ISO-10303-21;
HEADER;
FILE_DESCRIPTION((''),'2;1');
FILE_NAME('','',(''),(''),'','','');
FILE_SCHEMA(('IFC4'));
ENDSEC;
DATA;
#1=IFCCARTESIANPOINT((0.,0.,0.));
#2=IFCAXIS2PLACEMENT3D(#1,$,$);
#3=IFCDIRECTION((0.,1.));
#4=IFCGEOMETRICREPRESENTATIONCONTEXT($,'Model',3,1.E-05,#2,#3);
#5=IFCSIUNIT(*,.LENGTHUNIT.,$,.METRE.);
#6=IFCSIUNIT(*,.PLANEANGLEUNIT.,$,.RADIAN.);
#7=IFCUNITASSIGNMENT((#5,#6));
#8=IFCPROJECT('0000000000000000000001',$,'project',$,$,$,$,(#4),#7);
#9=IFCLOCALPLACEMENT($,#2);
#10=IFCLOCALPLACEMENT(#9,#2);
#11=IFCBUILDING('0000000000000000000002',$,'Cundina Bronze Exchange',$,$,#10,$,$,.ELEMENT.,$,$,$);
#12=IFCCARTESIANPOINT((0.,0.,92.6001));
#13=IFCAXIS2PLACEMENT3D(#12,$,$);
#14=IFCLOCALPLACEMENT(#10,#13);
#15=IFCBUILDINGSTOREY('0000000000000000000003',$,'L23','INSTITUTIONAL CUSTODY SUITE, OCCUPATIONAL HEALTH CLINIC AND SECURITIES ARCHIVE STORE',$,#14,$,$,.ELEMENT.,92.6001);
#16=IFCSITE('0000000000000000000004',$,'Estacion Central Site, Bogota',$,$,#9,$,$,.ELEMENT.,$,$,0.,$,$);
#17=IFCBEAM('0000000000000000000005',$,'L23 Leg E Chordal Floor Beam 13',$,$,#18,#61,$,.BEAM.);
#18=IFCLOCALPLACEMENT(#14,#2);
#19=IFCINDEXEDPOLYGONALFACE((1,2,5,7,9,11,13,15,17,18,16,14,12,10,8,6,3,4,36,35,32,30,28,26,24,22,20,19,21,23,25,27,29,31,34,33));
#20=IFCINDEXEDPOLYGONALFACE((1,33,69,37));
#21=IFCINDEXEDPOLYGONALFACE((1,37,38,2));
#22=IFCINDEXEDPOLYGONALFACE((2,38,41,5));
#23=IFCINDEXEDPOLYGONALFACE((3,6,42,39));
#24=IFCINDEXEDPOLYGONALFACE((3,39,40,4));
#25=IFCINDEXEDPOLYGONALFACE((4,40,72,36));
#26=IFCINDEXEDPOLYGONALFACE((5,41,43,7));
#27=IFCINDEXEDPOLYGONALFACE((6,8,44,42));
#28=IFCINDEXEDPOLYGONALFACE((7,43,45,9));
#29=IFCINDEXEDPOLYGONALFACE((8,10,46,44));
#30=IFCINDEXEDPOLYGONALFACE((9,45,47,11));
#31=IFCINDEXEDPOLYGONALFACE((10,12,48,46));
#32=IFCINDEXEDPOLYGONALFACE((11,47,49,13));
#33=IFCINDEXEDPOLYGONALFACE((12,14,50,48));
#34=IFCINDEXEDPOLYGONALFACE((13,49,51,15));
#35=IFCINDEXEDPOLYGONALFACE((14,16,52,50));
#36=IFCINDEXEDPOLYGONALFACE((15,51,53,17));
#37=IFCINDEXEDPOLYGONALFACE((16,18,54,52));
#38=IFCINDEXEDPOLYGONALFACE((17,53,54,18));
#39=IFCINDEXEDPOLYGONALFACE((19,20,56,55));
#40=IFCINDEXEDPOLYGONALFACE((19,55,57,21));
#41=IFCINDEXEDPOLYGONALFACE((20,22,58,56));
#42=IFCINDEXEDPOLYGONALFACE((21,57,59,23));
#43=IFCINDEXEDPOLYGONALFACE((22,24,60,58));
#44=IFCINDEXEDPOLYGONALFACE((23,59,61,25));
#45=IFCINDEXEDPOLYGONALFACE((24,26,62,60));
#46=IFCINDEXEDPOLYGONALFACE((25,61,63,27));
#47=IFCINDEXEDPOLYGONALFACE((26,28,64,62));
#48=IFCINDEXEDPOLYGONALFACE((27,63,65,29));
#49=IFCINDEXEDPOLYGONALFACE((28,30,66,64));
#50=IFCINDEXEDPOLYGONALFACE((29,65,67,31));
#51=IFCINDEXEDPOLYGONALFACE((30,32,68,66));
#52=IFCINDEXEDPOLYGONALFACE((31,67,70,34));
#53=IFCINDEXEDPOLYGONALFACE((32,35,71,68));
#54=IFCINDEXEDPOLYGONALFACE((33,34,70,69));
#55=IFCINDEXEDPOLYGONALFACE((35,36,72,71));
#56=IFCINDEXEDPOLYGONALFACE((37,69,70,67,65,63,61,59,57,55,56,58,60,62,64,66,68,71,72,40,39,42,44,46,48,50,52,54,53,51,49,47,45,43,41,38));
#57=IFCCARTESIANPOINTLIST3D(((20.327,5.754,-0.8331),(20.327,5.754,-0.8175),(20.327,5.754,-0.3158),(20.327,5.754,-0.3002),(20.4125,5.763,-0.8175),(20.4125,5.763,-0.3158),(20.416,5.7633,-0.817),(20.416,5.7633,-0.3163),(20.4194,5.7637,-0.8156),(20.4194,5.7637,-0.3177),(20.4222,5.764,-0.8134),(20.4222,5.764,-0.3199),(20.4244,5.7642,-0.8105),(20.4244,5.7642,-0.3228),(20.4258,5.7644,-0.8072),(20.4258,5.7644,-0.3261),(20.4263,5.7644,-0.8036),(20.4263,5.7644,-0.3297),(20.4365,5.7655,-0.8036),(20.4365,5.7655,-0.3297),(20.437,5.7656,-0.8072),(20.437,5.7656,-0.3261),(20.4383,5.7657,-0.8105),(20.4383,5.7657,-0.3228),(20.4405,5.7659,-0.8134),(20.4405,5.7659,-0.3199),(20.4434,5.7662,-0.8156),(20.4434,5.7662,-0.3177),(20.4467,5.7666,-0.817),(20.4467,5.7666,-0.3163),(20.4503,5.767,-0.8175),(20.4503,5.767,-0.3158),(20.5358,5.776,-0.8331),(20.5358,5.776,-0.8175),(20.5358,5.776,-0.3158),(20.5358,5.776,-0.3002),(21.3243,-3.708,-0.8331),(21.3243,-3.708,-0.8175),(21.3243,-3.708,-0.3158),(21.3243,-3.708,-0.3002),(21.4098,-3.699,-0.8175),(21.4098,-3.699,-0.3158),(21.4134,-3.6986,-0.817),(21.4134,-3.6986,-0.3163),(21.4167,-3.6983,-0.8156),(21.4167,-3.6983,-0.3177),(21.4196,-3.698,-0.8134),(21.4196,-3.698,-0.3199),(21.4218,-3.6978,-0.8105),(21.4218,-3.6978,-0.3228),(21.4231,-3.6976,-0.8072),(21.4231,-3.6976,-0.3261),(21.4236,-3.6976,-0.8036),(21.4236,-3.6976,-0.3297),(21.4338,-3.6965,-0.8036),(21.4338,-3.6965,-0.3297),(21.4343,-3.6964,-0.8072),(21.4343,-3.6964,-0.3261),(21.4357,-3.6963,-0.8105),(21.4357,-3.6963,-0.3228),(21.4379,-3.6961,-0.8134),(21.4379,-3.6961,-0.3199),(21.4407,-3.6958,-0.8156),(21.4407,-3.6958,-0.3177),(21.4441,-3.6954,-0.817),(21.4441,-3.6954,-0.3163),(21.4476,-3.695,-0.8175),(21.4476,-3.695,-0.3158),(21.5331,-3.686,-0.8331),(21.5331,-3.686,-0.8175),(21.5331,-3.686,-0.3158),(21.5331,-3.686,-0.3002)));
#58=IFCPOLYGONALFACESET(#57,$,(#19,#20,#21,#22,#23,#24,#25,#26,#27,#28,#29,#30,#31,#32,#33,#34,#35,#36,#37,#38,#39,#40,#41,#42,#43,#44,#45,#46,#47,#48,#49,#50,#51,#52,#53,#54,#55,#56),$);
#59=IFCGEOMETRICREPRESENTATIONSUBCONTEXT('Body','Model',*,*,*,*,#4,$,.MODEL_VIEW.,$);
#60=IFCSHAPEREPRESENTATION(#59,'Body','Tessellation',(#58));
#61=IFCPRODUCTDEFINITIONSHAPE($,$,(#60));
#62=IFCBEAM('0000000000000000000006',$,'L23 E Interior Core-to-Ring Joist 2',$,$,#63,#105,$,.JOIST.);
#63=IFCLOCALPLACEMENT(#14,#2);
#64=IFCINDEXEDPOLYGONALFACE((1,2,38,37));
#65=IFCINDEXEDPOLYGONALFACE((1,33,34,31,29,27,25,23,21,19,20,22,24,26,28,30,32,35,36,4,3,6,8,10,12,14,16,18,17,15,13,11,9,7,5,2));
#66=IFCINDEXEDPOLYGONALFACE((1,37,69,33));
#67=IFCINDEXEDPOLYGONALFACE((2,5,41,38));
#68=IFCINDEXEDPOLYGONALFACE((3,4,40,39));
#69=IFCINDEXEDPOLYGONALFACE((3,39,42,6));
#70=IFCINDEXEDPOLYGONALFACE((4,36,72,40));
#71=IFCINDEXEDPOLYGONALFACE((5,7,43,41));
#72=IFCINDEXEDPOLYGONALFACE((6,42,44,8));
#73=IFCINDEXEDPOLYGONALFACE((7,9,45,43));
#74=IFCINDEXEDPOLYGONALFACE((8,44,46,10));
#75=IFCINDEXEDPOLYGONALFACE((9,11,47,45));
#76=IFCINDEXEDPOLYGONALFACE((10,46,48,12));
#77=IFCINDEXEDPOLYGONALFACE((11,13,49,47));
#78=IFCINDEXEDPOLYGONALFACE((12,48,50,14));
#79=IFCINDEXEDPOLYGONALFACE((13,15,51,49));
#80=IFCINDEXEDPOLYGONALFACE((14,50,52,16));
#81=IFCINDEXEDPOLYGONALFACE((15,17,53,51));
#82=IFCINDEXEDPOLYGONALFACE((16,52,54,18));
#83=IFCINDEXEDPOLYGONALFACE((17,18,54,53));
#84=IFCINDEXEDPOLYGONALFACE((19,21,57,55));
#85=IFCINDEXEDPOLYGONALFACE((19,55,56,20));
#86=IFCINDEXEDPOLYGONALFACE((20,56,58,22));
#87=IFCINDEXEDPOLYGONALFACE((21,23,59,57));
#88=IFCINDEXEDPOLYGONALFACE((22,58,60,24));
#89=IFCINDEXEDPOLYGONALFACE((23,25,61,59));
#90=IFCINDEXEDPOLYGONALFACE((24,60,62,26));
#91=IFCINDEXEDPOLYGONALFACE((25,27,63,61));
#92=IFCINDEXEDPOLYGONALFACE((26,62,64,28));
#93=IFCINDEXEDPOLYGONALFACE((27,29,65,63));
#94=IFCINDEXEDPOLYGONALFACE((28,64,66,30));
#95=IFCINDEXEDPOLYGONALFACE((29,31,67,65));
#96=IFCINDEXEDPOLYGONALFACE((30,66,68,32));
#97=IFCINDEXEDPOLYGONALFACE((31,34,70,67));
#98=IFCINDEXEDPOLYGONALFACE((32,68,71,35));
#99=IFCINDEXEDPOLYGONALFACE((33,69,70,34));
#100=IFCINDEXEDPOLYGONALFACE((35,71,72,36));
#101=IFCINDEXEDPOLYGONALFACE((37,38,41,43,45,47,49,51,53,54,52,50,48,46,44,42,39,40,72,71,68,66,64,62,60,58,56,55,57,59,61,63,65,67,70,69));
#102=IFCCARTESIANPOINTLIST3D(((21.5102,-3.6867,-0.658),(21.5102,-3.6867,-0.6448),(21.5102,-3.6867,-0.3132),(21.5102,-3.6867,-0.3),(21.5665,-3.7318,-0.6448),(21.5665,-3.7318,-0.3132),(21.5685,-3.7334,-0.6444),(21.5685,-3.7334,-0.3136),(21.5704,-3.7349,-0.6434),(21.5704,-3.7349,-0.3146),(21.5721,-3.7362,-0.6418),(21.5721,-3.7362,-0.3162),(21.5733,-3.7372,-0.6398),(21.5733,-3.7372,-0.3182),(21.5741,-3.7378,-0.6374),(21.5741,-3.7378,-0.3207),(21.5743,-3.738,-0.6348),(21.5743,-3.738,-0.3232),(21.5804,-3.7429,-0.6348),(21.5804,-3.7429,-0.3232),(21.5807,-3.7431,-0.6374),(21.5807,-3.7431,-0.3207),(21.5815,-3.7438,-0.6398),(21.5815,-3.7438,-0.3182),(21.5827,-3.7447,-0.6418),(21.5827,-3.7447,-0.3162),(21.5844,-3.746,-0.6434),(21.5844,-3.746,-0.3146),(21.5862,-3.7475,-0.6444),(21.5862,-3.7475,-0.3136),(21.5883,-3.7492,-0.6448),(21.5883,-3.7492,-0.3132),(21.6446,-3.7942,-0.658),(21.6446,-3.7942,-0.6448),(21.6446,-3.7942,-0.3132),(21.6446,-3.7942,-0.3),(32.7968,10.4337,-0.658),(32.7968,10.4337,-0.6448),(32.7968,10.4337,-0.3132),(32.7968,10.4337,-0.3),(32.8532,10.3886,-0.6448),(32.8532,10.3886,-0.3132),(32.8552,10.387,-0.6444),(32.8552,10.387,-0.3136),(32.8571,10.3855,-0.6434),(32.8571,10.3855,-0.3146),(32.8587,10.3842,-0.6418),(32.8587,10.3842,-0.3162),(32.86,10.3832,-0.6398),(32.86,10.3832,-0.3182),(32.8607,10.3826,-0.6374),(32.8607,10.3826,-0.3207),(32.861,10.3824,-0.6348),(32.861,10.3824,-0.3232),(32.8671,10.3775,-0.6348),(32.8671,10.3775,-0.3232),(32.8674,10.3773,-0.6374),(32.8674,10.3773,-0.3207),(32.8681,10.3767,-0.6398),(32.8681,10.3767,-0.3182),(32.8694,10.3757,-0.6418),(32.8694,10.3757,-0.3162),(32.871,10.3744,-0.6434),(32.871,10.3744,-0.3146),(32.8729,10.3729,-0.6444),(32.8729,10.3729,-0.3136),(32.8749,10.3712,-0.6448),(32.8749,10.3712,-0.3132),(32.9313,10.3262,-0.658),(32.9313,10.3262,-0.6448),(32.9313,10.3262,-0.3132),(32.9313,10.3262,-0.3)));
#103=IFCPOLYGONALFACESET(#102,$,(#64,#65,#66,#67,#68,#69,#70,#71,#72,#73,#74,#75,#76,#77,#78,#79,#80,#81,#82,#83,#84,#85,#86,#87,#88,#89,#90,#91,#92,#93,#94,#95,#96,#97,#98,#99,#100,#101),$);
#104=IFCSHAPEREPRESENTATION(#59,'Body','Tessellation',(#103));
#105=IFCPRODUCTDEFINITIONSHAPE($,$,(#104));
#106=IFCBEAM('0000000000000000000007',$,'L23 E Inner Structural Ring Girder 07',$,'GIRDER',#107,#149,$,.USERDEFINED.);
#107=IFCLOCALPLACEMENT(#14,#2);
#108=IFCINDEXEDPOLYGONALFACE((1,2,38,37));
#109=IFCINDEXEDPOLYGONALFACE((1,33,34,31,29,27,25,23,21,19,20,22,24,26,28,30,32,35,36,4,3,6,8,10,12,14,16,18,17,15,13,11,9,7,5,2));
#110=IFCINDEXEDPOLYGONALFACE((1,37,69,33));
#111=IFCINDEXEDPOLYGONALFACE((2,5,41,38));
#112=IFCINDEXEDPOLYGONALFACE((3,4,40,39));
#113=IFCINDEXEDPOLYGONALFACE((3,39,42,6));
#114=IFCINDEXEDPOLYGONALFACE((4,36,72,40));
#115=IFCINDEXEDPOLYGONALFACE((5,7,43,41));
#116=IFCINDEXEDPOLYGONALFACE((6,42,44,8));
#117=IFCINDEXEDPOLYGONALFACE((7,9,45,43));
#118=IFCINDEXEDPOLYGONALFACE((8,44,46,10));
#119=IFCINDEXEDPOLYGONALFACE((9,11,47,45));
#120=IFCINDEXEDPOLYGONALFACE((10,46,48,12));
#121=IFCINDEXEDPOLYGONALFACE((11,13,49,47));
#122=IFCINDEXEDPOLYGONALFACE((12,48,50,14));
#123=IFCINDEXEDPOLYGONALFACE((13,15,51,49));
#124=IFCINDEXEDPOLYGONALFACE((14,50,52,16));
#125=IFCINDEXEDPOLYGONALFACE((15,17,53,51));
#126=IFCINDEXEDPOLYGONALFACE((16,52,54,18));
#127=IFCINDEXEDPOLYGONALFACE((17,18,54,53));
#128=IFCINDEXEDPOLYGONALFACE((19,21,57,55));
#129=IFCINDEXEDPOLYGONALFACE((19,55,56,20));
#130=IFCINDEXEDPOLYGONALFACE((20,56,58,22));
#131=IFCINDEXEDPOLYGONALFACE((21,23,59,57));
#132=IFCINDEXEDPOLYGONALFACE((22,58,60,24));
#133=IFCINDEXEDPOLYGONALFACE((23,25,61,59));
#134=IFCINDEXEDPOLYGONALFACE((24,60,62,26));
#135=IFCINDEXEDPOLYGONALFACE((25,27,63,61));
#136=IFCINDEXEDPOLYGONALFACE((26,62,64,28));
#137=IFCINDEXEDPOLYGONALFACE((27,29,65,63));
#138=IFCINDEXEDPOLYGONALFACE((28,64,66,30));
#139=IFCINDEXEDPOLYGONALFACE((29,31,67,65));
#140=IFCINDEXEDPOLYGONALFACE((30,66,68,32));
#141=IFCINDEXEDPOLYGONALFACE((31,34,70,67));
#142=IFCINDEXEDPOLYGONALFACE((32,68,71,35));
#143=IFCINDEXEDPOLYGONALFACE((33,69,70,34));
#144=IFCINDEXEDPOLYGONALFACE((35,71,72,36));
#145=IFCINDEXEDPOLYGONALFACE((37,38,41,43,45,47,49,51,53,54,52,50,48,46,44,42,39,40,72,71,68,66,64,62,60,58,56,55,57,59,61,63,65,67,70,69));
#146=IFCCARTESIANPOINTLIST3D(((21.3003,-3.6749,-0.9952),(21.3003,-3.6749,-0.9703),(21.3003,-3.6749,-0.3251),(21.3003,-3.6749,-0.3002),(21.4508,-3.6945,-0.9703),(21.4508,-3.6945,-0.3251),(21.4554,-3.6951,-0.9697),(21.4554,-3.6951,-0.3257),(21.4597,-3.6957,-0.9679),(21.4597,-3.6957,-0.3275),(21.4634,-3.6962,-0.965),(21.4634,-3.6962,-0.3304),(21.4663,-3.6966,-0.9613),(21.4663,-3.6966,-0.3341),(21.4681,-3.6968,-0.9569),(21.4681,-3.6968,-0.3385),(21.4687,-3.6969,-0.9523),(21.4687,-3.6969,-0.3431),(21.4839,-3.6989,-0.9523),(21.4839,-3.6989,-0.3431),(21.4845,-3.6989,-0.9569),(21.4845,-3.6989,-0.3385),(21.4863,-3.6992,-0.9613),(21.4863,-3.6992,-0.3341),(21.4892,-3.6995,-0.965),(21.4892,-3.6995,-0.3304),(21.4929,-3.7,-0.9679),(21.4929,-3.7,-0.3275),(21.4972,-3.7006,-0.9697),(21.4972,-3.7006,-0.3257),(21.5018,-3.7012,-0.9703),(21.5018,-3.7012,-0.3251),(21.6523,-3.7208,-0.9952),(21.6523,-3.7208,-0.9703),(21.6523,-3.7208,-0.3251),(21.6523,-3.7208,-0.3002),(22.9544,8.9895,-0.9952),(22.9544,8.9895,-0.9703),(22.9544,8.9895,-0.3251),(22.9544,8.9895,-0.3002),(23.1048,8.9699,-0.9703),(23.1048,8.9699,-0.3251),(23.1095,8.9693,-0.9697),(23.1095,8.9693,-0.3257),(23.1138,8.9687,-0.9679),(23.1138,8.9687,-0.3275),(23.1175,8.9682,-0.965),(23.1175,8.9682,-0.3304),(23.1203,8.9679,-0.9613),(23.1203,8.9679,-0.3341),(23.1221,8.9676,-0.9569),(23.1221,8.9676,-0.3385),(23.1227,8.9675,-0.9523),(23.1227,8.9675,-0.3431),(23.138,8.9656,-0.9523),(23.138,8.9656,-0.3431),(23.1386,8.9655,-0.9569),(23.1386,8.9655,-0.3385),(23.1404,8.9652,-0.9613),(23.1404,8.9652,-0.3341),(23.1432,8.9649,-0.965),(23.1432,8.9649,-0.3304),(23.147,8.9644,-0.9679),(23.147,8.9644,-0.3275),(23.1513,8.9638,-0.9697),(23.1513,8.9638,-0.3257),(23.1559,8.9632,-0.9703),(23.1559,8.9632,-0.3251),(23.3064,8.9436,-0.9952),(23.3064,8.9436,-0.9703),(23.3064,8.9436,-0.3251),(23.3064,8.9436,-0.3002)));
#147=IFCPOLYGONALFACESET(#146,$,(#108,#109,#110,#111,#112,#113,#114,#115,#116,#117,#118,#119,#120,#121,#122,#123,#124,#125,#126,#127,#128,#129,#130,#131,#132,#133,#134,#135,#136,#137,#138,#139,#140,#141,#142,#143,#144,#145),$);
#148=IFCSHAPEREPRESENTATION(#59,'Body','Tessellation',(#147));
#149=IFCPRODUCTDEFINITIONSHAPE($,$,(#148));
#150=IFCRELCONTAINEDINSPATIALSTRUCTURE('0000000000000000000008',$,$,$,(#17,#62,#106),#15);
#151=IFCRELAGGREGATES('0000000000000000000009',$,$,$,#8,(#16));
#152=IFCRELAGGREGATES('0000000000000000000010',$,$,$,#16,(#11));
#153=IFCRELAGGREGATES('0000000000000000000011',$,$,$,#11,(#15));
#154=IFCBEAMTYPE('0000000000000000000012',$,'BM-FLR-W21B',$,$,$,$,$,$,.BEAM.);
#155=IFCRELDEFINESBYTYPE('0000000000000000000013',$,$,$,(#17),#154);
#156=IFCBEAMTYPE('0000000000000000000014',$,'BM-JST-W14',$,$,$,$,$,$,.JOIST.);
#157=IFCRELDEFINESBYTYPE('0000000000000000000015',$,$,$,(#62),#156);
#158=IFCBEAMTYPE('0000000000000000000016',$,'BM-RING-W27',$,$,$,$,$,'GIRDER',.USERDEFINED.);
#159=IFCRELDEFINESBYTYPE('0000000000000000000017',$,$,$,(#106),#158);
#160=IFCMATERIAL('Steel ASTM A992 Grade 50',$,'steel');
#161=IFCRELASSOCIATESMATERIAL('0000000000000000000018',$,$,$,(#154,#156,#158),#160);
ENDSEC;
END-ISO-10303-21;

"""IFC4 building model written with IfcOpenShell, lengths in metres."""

from ifc_helpers import new_model, si_unit, direction, frame, origin, origin_2d, place, context, subcontext, project, spatial, i_section, extrude, material, material_profile, profile_set, type_object, element, save


model = new_model("IFC4")

# Units and contexts
model_context = context("Model", 3, precision=1e-05, world=origin(), true_north=direction((0.0, 1.0)))
body_context = subcontext(model_context, "Body", "Model", "MODEL_VIEW")
ifc_project = project(units=[si_unit("LENGTHUNIT", "METRE"), si_unit("PLANEANGLEUNIT", "RADIAN")], contexts=[model_context])

# Site, building, storey
site_placement = place(None, origin())
site = spatial("IfcSite", under=ifc_project, at=site_placement, Name="Estacion Central Site, Bogota", CompositionType="ELEMENT", RefElevation=0.0)
building_placement = place(site_placement, origin())
building = spatial("IfcBuilding", under=site, at=building_placement, Name="Cundina Bronze Exchange", CompositionType="ELEMENT")
storey_placement = place(building_placement, frame((0.0, 0.0, 92.6001)))
storey = spatial("IfcBuildingStorey", under=building, at=storey_placement, Name="L23", Description="INSTITUTIONAL CUSTODY SUITE, OCCUPATIONAL HEALTH CLINIC AND SECURITIES ARCHIVE STORE", CompositionType="ELEMENT", Elevation=92.6001)

# Shared definitions
ifc_material_1 = material(Name="Steel ASTM A992 Grade 50", Category="steel")

# Beams
ifc_material_profile_1 = material_profile(ifc_material_1, i_section(OverallWidth=0.21, OverallDepth=0.533, WebThickness=0.0103, FlangeThickness=0.0156, FilletRadius=0.0139, at=origin_2d()), Name="W21X62", Category="steel")
ifc_profile_set_1 = profile_set([ifc_material_profile_1], Name="Steel ASTM A992 Grade 50")
beam_type_1 = type_object("IfcBeamType", Name="BM-FLR-W21B", PredefinedType="BEAM", material=ifc_profile_set_1)
beam_1_placement = place(storey_placement, frame((21.4287, -3.697, -0.5667), z_axis=(-0.104822, 0.994491, 0.0), x_axis=(-0.994491, -0.104822, 0.0)))
element("IfcBeam", 1, at=beam_1_placement, inside=storey, type_object=beam_type_1, Name="L23 Leg E Chordal Floor Beam 13", PredefinedType="BEAM", context=body_context, shape_type="SweptSolid", body=[
    extrude(i_section(OverallWidth=0.21, OverallDepth=0.533, WebThickness=0.0103, FlangeThickness=0.0156, FilletRadius=0.0139, at=origin_2d()), origin(), (0.0, 0.0, 1.0), 9.5144),
])
ifc_material_profile_2 = material_profile(ifc_material_1, i_section(OverallWidth=0.1721, OverallDepth=0.3579, WebThickness=0.0078, FlangeThickness=0.0132, FilletRadius=0.01, at=origin_2d()), Name="W14X38", Category="steel")
ifc_profile_set_2 = profile_set([ifc_material_profile_2], Name="Steel ASTM A992 Grade 50")
beam_type_2 = type_object("IfcBeamType", Name="BM-JST-W14", PredefinedType="JOIST", material=ifc_profile_set_2)
beam_2_placement = place(storey_placement, frame((21.5774, -3.7405, -0.479), z_axis=(0.624369, 0.78113, 0.0), x_axis=(-0.78113, 0.624369, 0.0)))
element("IfcBeam", 2, at=beam_2_placement, inside=storey, type_object=beam_type_2, Name="L23 E Interior Core-to-Ring Joist 2", PredefinedType="JOIST", context=body_context, shape_type="SweptSolid", body=[
    extrude(i_section(OverallWidth=0.1721, OverallDepth=0.3579, WebThickness=0.0078, FlangeThickness=0.0132, FilletRadius=0.01, at=origin_2d()), origin(), (0.0, 0.0, 1.0), 18.0769),
])
ifc_material_profile_3 = material_profile(ifc_material_1, i_section(OverallWidth=0.355, OverallDepth=0.6951, WebThickness=0.0154, FlangeThickness=0.0249, FilletRadius=0.0181, at=origin_2d()), Name="W27X146", Category="steel")
ifc_profile_set_3 = profile_set([ifc_material_profile_3], Name="Steel ASTM A992 Grade 50")
beam_type_3 = type_object("IfcBeamType", Name="BM-RING-W27", ElementType="GIRDER", PredefinedType="USERDEFINED", material=ifc_profile_set_3)
beam_3_placement = place(storey_placement, frame((23.1304, 8.9666, -0.6477), z_axis=(-0.129508, -0.991578, 0.0), x_axis=(0.991578, -0.129508, 0.0)))
element("IfcBeam", 3, at=beam_3_placement, inside=storey, type_object=beam_type_3, Name="L23 E Inner Structural Ring Girder 07", ObjectType="GIRDER", PredefinedType="USERDEFINED", context=body_context, shape_type="SweptSolid", body=[
    extrude(i_section(OverallWidth=0.355, OverallDepth=0.6951, WebThickness=0.0154, FlangeThickness=0.0249, FilletRadius=0.0181, at=origin_2d()), origin(), (0.0, 0.0, 1.0), 12.772),
])

save(model, "model.ifc")
